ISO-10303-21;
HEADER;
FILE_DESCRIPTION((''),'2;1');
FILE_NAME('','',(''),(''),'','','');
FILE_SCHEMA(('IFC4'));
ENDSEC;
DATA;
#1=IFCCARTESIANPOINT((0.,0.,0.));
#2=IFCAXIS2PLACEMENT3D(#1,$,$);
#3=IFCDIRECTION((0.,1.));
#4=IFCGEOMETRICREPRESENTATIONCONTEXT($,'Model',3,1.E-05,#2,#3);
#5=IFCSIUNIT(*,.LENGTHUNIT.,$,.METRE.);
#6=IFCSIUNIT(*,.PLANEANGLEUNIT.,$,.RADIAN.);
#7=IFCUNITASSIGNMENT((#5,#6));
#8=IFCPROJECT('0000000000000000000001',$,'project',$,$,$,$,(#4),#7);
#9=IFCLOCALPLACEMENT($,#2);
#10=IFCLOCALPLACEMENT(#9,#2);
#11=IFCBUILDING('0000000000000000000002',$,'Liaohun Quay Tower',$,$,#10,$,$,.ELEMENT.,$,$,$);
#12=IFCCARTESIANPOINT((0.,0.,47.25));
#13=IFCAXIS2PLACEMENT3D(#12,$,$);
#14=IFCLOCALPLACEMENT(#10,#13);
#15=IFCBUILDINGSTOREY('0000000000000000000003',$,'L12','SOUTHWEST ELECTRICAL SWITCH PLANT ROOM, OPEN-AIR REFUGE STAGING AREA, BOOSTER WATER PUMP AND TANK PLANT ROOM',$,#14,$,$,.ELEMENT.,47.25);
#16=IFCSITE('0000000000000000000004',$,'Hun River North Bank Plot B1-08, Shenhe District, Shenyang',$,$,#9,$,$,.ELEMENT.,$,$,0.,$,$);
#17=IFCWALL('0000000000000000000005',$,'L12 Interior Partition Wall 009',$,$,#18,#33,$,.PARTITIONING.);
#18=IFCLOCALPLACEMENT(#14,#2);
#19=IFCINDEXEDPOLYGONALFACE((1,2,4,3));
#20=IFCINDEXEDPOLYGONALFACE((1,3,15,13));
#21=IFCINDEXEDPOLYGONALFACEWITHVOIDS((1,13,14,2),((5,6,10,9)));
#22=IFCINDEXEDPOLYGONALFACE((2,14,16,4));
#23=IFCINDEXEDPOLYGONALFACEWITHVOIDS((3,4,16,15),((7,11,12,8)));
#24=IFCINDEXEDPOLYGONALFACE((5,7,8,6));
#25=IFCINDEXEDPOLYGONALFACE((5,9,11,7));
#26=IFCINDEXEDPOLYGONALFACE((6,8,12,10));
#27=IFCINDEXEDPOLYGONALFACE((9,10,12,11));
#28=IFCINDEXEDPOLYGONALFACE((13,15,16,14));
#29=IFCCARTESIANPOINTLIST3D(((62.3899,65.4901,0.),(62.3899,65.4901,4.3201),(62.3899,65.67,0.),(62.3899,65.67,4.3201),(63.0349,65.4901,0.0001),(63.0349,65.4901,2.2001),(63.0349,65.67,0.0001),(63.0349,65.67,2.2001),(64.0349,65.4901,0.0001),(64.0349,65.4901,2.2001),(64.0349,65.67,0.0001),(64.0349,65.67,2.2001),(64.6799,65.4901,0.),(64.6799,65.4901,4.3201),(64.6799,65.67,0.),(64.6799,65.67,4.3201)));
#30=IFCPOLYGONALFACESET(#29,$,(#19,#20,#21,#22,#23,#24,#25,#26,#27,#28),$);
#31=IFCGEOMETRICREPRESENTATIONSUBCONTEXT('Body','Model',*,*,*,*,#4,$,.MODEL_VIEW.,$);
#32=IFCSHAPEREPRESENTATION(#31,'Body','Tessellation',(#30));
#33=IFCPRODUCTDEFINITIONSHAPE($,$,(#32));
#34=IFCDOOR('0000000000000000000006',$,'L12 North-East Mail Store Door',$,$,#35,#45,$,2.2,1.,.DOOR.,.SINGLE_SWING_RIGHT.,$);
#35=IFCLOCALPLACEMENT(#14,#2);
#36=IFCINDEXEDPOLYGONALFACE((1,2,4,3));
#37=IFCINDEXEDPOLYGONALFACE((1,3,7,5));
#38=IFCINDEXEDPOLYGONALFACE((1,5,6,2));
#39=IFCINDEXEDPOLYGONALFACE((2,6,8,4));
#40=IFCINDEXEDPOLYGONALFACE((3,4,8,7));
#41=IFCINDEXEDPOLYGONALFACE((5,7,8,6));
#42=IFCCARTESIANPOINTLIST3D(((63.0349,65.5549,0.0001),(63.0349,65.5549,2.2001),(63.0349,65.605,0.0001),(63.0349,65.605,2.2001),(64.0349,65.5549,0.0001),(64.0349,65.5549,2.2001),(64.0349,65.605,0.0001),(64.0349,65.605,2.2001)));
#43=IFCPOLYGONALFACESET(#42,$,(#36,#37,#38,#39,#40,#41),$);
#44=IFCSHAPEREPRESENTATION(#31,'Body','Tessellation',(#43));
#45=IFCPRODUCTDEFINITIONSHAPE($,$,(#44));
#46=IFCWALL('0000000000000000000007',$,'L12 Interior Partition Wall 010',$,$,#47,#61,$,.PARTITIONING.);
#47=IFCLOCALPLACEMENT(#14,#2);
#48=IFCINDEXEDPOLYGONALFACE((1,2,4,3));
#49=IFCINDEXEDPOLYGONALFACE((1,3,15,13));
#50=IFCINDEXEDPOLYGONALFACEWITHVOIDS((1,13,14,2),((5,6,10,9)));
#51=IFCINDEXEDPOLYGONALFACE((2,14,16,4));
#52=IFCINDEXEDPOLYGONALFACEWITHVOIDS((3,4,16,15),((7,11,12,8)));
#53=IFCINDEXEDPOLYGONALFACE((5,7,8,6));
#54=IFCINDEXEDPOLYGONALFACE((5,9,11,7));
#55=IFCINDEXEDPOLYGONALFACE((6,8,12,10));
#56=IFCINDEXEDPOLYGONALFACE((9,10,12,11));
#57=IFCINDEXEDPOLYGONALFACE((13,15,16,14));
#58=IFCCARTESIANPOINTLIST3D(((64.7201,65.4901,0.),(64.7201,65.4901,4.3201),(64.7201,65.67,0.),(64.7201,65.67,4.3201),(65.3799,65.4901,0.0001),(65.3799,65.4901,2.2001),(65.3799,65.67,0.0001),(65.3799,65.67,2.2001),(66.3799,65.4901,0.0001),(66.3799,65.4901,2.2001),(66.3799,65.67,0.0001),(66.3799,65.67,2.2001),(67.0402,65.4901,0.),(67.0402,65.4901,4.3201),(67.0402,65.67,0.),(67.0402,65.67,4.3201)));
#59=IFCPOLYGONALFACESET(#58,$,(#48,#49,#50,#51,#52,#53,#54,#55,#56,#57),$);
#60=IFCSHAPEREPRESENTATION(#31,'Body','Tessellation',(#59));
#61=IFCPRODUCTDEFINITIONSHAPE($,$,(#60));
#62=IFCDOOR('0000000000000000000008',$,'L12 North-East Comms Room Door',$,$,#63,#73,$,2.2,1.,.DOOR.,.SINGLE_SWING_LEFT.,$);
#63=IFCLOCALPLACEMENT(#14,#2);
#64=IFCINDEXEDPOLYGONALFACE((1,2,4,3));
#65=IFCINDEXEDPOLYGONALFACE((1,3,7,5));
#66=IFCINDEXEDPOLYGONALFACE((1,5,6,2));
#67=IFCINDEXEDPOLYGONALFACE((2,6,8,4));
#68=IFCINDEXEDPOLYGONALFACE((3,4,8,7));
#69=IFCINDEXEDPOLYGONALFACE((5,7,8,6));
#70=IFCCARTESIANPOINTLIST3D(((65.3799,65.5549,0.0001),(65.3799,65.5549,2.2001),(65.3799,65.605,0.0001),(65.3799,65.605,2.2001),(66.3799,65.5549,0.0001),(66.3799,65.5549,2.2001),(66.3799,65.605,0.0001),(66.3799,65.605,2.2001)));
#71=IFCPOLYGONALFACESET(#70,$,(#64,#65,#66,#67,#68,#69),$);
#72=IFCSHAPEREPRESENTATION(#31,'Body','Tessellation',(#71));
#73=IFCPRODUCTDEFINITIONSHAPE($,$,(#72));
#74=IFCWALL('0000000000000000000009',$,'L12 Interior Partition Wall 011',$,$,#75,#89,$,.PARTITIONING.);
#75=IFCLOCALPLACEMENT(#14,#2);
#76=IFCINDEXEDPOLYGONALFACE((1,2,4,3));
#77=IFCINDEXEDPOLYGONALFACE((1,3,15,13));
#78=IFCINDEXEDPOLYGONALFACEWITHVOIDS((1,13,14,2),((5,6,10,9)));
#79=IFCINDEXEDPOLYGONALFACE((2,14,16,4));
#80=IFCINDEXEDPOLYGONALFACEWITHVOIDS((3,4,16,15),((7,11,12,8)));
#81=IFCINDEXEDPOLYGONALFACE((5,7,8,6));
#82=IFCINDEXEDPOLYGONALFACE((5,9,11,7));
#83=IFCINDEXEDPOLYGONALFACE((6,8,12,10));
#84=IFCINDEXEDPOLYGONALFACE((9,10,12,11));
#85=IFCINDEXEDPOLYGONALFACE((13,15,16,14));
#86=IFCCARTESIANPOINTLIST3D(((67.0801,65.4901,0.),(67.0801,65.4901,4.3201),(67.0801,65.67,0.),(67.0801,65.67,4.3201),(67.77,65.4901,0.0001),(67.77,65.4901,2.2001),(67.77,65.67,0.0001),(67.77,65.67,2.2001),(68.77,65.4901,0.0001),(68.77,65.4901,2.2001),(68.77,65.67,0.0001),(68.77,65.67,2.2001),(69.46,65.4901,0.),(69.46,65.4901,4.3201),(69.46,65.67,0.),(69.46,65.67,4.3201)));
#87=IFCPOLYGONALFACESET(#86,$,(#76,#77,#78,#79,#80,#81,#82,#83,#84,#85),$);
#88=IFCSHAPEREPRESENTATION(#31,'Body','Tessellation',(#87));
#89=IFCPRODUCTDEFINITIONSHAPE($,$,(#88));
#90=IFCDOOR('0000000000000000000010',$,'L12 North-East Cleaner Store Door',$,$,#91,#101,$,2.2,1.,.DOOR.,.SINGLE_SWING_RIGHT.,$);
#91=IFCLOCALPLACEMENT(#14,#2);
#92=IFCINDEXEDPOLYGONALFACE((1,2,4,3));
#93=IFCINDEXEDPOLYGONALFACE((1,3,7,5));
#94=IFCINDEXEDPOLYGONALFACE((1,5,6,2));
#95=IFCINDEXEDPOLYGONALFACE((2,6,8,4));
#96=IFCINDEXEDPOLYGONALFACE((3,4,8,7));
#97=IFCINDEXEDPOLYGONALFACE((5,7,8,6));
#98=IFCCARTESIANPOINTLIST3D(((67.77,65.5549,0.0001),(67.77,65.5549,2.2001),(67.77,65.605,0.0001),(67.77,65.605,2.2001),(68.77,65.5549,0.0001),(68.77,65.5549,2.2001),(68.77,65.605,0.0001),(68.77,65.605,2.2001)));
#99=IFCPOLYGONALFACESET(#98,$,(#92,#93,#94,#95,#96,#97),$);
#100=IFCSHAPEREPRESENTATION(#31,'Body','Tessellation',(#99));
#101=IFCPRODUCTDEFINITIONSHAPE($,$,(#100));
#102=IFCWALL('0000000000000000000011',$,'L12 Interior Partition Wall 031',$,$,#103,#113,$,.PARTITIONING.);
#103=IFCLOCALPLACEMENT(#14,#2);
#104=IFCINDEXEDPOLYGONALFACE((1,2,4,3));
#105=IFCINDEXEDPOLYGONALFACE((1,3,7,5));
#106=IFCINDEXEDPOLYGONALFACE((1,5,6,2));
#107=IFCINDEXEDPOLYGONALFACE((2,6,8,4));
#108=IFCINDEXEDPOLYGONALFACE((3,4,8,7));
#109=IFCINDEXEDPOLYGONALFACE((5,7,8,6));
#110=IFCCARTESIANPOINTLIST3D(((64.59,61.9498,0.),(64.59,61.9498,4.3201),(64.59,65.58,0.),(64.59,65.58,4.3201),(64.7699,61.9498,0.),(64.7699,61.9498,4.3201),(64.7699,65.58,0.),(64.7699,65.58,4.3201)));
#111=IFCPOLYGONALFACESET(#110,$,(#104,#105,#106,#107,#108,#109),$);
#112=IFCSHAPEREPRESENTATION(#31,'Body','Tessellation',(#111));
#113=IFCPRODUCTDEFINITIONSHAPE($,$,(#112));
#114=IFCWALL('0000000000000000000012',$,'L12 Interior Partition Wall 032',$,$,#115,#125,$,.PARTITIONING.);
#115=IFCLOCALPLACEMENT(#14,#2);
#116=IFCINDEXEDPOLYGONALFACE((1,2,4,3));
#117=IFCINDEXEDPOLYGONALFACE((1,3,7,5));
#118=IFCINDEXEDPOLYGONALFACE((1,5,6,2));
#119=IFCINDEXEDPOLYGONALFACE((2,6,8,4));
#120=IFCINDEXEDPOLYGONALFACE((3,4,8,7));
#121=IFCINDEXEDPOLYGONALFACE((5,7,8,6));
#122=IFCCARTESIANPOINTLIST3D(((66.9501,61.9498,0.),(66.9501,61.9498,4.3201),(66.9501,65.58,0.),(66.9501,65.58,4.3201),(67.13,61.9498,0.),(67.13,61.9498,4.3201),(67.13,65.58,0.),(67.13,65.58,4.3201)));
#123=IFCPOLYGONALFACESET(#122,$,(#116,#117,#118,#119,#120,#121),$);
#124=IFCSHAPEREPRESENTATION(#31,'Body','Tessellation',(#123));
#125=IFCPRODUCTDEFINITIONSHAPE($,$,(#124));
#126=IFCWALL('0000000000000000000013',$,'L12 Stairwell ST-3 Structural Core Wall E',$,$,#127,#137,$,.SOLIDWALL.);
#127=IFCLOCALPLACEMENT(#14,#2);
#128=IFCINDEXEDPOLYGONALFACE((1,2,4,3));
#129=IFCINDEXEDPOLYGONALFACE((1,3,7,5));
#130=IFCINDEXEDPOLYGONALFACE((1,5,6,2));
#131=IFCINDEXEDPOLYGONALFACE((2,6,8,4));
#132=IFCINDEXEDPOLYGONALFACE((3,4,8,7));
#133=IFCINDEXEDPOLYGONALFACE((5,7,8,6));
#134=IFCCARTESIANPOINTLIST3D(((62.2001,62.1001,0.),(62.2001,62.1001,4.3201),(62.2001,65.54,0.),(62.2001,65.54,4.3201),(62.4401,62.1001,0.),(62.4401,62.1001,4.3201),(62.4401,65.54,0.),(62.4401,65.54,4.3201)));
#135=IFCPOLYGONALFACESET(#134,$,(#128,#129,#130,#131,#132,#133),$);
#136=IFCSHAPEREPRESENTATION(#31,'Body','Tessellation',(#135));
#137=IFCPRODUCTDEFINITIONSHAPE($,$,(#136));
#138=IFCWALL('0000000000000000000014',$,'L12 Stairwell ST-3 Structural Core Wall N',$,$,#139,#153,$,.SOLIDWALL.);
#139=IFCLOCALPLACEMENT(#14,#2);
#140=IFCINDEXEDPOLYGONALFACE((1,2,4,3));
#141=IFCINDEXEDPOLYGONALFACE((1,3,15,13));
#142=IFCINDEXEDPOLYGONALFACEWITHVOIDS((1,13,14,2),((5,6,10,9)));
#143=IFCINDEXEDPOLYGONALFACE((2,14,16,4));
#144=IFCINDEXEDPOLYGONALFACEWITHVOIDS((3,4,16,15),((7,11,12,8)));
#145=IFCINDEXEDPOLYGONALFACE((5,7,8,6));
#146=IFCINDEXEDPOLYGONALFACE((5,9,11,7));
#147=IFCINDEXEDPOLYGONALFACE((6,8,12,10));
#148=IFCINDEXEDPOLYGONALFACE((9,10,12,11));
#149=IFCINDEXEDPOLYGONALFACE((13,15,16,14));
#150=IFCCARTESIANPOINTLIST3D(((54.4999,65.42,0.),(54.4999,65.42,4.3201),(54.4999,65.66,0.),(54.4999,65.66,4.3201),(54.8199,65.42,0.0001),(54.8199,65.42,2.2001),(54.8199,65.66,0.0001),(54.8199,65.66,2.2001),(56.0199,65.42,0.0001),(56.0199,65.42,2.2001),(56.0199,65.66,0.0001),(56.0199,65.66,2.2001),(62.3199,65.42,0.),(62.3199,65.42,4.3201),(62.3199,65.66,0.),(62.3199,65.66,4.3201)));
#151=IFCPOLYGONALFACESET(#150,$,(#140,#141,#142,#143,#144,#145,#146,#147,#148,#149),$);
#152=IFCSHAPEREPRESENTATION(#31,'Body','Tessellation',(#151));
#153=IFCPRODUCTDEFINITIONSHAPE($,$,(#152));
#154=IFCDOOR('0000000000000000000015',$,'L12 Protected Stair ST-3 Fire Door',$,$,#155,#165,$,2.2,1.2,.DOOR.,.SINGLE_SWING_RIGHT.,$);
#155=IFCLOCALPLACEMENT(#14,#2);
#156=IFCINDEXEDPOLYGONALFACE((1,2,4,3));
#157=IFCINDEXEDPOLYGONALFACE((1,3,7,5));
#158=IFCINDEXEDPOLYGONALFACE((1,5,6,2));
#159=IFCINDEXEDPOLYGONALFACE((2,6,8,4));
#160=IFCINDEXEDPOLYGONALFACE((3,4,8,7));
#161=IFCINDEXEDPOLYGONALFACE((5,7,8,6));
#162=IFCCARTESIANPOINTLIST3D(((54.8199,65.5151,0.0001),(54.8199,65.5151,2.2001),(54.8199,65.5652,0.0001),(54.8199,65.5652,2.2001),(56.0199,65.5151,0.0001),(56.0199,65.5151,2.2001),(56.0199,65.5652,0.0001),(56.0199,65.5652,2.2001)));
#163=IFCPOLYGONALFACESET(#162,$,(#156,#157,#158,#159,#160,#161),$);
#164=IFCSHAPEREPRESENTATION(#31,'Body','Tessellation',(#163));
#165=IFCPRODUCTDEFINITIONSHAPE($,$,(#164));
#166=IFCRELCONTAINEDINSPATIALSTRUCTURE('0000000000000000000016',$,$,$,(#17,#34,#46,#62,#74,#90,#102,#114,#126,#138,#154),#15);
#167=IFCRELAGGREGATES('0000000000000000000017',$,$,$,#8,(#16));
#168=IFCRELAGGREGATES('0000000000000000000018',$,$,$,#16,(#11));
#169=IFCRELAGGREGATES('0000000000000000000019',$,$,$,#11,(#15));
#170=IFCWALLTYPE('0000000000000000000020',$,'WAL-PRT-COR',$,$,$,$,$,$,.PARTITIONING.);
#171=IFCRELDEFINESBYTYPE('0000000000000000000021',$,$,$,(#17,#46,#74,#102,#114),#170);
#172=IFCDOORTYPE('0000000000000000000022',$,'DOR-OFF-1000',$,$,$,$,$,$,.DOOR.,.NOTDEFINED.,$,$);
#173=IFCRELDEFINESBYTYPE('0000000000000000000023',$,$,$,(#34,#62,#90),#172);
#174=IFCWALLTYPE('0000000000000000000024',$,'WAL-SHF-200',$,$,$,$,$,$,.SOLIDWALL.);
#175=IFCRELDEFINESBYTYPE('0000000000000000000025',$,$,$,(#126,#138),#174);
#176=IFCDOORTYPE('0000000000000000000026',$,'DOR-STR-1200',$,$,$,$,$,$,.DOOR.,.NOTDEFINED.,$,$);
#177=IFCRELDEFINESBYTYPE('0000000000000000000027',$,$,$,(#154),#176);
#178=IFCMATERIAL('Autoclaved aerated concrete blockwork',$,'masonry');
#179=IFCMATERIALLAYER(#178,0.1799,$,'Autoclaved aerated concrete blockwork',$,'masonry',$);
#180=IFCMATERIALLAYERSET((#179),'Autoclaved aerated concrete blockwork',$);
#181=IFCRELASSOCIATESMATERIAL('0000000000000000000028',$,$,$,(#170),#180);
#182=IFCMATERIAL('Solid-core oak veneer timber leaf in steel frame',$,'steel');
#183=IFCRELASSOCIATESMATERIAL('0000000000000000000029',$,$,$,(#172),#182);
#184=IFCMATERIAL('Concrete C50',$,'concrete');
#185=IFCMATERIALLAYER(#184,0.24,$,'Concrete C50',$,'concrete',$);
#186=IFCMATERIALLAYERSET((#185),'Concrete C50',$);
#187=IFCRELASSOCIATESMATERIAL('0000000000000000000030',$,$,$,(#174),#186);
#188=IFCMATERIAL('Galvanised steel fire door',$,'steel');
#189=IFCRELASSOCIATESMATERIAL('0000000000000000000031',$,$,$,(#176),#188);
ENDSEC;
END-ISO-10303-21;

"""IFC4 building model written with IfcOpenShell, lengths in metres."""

from ifc_helpers import new_model, si_unit, direction, frame, frame_2d, origin, place, context, subcontext, project, spatial, rectangle, extrude, source, transform, mapped, material, layer, layer_set, type_object, element, fill, save


model = new_model("IFC4")

# Units and contexts
model_context = context("Model", 3, precision=1e-05, world=origin(), true_north=direction((0.0, 1.0)))
body_context = subcontext(model_context, "Body", "Model", "MODEL_VIEW")
ifc_project = project(units=[si_unit("LENGTHUNIT", "METRE"), si_unit("PLANEANGLEUNIT", "RADIAN")], contexts=[model_context])

# Site, building, storey
site_placement = place(None, origin())
site = spatial("IfcSite", under=ifc_project, at=site_placement, Name="Hun River North Bank Plot B1-08, Shenhe District, Shenyang", CompositionType="ELEMENT", RefElevation=0.0)
building_placement = place(site_placement, origin())
building = spatial("IfcBuilding", under=site, at=building_placement, Name="Liaohun Quay Tower", CompositionType="ELEMENT")
storey_placement = place(building_placement, frame((0.0, 0.0, 47.25)))
storey = spatial("IfcBuildingStorey", under=building, at=storey_placement, Name="L12", Description="SOUTHWEST ELECTRICAL SWITCH PLANT ROOM, OPEN-AIR REFUGE STAGING AREA, BOOSTER WATER PUMP AND TANK PLANT ROOM", CompositionType="ELEMENT", Elevation=47.25)

# Walls, openings, doors
ifc_material_1 = material(Name="Autoclaved aerated concrete blockwork", Category="masonry")
ifc_layer_1 = layer(ifc_material_1, 0.1799, Name="Autoclaved aerated concrete blockwork", Category="masonry")
ifc_layer_set_1 = layer_set([ifc_layer_1], Name="Autoclaved aerated concrete blockwork")
wall_type_1 = type_object("IfcWallType", Name="WAL-PRT-COR", PredefinedType="PARTITIONING", material=ifc_layer_set_1)
wall_1_placement = place(storey_placement, frame((62.3899, 65.5801, 0.0), z_axis=(0.0, 0.0, 1.0), x_axis=(1.0, 0.0, 0.0)))
wall_1 = element("IfcWall", 1, at=wall_1_placement, inside=storey, type_object=wall_type_1, Name="L12 Interior Partition Wall 009", PredefinedType="PARTITIONING", context=body_context, shape_type="SweptSolid", body=[
    extrude(rectangle(XDim=2.29, YDim=0.1799, at=frame_2d((1.145, 0.0))), origin(), (0.0, 0.0, 1.0), 4.3201),
])
shared_shape_1 = source(origin(), body_context, "Body", "SweptSolid", [
    extrude(rectangle(XDim=1.0, YDim=2.2, at=frame_2d((0.5, 1.1001))), frame((0.0, 0.0999, 0.0), z_axis=(0.0, -1.0, 0.0), x_axis=(1.0, 0.0, 0.0)), (0.0, 0.0, 1.0), 0.2),
])
opening_1_placement = place(wall_1_placement, frame((0.645, 0.0, 0.0)))
opening_1 = element("IfcOpeningElement", 2, at=opening_1_placement, cuts=wall_1, PredefinedType="OPENING", context=body_context, shape_type="MappedRepresentation", body=[
    mapped(shared_shape_1, transform((0.0, 0.0, 0.0), x_axis=(1.0, 0.0, 0.0), y_axis=(0.0, 1.0, 0.0), z_axis=(0.0, 0.0, 1.0), scale=1.0)),
])
ifc_material_2 = material(Name="Solid-core oak veneer timber leaf in steel frame", Category="steel")
door_type_1 = type_object("IfcDoorType", Name="DOR-OFF-1000", OperationType="NOTDEFINED", PredefinedType="DOOR", material=ifc_material_2)
shared_shape_2 = source(origin(), body_context, "Body", "SweptSolid", [
    extrude(rectangle(XDim=1.0, YDim=2.2, at=frame_2d((0.5, 1.1001))), frame((0.0, 0.0249, 0.0), z_axis=(0.0, -1.0, 0.0), x_axis=(1.0, 0.0, 0.0)), (0.0, 0.0, 1.0), 0.05),
])
door_1_placement = place(opening_1_placement, origin())
door_1 = element("IfcDoor", 3, at=door_1_placement, inside=storey, type_object=door_type_1, Name="L12 North-East Mail Store Door", OperationType="SINGLE_SWING_RIGHT", OverallHeight=2.2, OverallWidth=1.0, PredefinedType="DOOR", context=body_context, shape_type="MappedRepresentation", body=[
    mapped(shared_shape_2, transform((0.0, 0.0, 0.0), x_axis=(1.0, 0.0, 0.0), y_axis=(0.0, 1.0, 0.0), z_axis=(0.0, 0.0, 1.0), scale=1.0)),
])
fill(opening_1, door_1)
wall_2_placement = place(storey_placement, frame((64.72, 65.5801, 0.0), z_axis=(0.0, 0.0, 1.0), x_axis=(1.0, 0.0, 0.0)))
wall_2 = element("IfcWall", 4, at=wall_2_placement, inside=storey, type_object=wall_type_1, Name="L12 Interior Partition Wall 010", PredefinedType="PARTITIONING", context=body_context, shape_type="SweptSolid", body=[
    extrude(rectangle(XDim=2.3201, YDim=0.1799, at=frame_2d((1.1602, 0.0))), origin(), (0.0, 0.0, 1.0), 4.3201),
])
opening_2_placement = place(wall_2_placement, frame((0.6599, 0.0, 0.0)))
opening_2 = element("IfcOpeningElement", 5, at=opening_2_placement, cuts=wall_2, PredefinedType="OPENING", context=body_context, shape_type="MappedRepresentation", body=[
    mapped(shared_shape_1, transform((0.0, 0.0, 0.0), x_axis=(1.0, 0.0, 0.0), y_axis=(0.0, 1.0, 0.0), z_axis=(0.0, 0.0, 1.0), scale=1.0)),
])
door_2_placement = place(opening_2_placement, origin())
door_2 = element("IfcDoor", 6, at=door_2_placement, inside=storey, type_object=door_type_1, Name="L12 North-East Comms Room Door", OperationType="SINGLE_SWING_LEFT", OverallHeight=2.2, OverallWidth=1.0, PredefinedType="DOOR", context=body_context, shape_type="MappedRepresentation", body=[
    mapped(shared_shape_2, transform((0.0, 0.0, 0.0), x_axis=(1.0, 0.0, 0.0), y_axis=(0.0, 1.0, 0.0), z_axis=(0.0, 0.0, 1.0), scale=1.0)),
])
fill(opening_2, door_2)
wall_3_placement = place(storey_placement, frame((67.0801, 65.5801, 0.0), z_axis=(0.0, 0.0, 1.0), x_axis=(1.0, 0.0, 0.0)))
wall_3 = element("IfcWall", 7, at=wall_3_placement, inside=storey, type_object=wall_type_1, Name="L12 Interior Partition Wall 011", PredefinedType="PARTITIONING", context=body_context, shape_type="SweptSolid", body=[
    extrude(rectangle(XDim=2.3799, YDim=0.1799, at=frame_2d((1.1899, 0.0))), origin(), (0.0, 0.0, 1.0), 4.3201),
])
opening_3_placement = place(wall_3_placement, frame((0.6899, 0.0, 0.0)))
opening_3 = element("IfcOpeningElement", 8, at=opening_3_placement, cuts=wall_3, PredefinedType="OPENING", context=body_context, shape_type="MappedRepresentation", body=[
    mapped(shared_shape_1, transform((0.0, 0.0, 0.0), x_axis=(1.0, 0.0, 0.0), y_axis=(0.0, 1.0, 0.0), z_axis=(0.0, 0.0, 1.0), scale=1.0)),
])
door_3_placement = place(opening_3_placement, origin())
door_3 = element("IfcDoor", 9, at=door_3_placement, inside=storey, type_object=door_type_1, Name="L12 North-East Cleaner Store Door", OperationType="SINGLE_SWING_RIGHT", OverallHeight=2.2, OverallWidth=1.0, PredefinedType="DOOR", context=body_context, shape_type="MappedRepresentation", body=[
    mapped(shared_shape_2, transform((0.0, 0.0, 0.0), x_axis=(1.0, 0.0, 0.0), y_axis=(0.0, 1.0, 0.0), z_axis=(0.0, 0.0, 1.0), scale=1.0)),
])
fill(opening_3, door_3)

# Walls
for number, where, z_axis, x_axis, name in (
    (10, (64.6799, 61.95, 0.0), (0.0, 0.0, 1.0), (0.0, 1.0, 0.0), "L12 Interior Partition Wall 031"),
    (11, (67.04, 61.95, 0.0), (0.0, 0.0, 1.0), (0.0, 1.0, 0.0), "L12 Interior Partition Wall 032"),
):
    element("IfcWall", number, at=place(storey_placement, frame(where, z_axis=z_axis, x_axis=x_axis)), inside=storey, type_object=wall_type_1, Name=name, PredefinedType="PARTITIONING", context=body_context, shape_type="SweptSolid", body=[
        extrude(rectangle(XDim=3.6301, YDim=0.1799, at=frame_2d((1.8149, 0.0))), origin(), (0.0, 0.0, 1.0), 4.3201),
    ])
ifc_material_3 = material(Name="Concrete C50", Category="concrete")
ifc_layer_2 = layer(ifc_material_3, 0.24, Name="Concrete C50", Category="concrete")
ifc_layer_set_2 = layer_set([ifc_layer_2], Name="Concrete C50")
wall_type_2 = type_object("IfcWallType", Name="WAL-SHF-200", PredefinedType="SOLIDWALL", material=ifc_layer_set_2)
wall_4_placement = place(storey_placement, frame((62.3201, 62.1001, 0.0), z_axis=(0.0, 0.0, 1.0), x_axis=(0.0, 1.0, 0.0)))
element("IfcWall", 12, at=wall_4_placement, inside=storey, type_object=wall_type_2, Name="L12 Stairwell ST-3 Structural Core Wall E", PredefinedType="SOLIDWALL", context=body_context, shape_type="SweptSolid", body=[
    extrude(rectangle(XDim=3.4399, YDim=0.24, at=frame_2d((1.72, 0.0))), origin(), (0.0, 0.0, 1.0), 4.3201),
])

# Wall, opening, door
wall_5_placement = place(storey_placement, frame((62.3201, 65.54, 0.0), z_axis=(0.0, 0.0, 1.0), x_axis=(-1.0, 0.0, 0.0)))
wall_5 = element("IfcWall", 13, at=wall_5_placement, inside=storey, type_object=wall_type_2, Name="L12 Stairwell ST-3 Structural Core Wall N", PredefinedType="SOLIDWALL", context=body_context, shape_type="SweptSolid", body=[
    extrude(rectangle(XDim=7.8201, YDim=0.24, at=frame_2d((3.9102, 0.0))), origin(), (0.0, 0.0, 1.0), 4.3201),
])
shared_shape_3 = source(origin(), body_context, "Body", "SweptSolid", [
    extrude(rectangle(XDim=1.2, YDim=2.2, at=frame_2d((0.6001, 1.1001))), frame((0.0, 0.1299, 0.0), z_axis=(0.0, -1.0, 0.0), x_axis=(1.0, 0.0, 0.0)), (0.0, 0.0, 1.0), 0.26),
])
opening_4_placement = place(wall_5_placement, frame((6.3, 0.0, 0.0)))
opening_4 = element("IfcOpeningElement", 14, at=opening_4_placement, cuts=wall_5, PredefinedType="OPENING", context=body_context, shape_type="MappedRepresentation", body=[
    mapped(shared_shape_3, transform((0.0, 0.0, 0.0), x_axis=(1.0, 0.0, 0.0), y_axis=(0.0, 1.0, 0.0), z_axis=(0.0, 0.0, 1.0), scale=1.0)),
])
ifc_material_4 = material(Name="Galvanised steel fire door", Category="steel")
door_type_2 = type_object("IfcDoorType", Name="DOR-STR-1200", OperationType="NOTDEFINED", PredefinedType="DOOR", material=ifc_material_4)
shared_shape_4 = source(origin(), body_context, "Body", "SweptSolid", [
    extrude(rectangle(XDim=1.2, YDim=2.2, at=frame_2d((0.6001, 1.1001))), frame((0.0, 0.0249, 0.0), z_axis=(0.0, -1.0, 0.0), x_axis=(1.0, 0.0, 0.0)), (0.0, 0.0, 1.0), 0.05),
])
door_4_placement = place(opening_4_placement, origin())
door_4 = element("IfcDoor", 15, at=door_4_placement, inside=storey, type_object=door_type_2, Name="L12 Protected Stair ST-3 Fire Door", OperationType="SINGLE_SWING_RIGHT", OverallHeight=2.2, OverallWidth=1.2, PredefinedType="DOOR", context=body_context, shape_type="MappedRepresentation", body=[
    mapped(shared_shape_4, transform((0.0, 0.0, 0.0), x_axis=(1.0, 0.0, 0.0), y_axis=(0.0, 1.0, 0.0), z_axis=(0.0, 0.0, 1.0), scale=1.0)),
])
fill(opening_4, door_4)

save(model, "model.ifc")
